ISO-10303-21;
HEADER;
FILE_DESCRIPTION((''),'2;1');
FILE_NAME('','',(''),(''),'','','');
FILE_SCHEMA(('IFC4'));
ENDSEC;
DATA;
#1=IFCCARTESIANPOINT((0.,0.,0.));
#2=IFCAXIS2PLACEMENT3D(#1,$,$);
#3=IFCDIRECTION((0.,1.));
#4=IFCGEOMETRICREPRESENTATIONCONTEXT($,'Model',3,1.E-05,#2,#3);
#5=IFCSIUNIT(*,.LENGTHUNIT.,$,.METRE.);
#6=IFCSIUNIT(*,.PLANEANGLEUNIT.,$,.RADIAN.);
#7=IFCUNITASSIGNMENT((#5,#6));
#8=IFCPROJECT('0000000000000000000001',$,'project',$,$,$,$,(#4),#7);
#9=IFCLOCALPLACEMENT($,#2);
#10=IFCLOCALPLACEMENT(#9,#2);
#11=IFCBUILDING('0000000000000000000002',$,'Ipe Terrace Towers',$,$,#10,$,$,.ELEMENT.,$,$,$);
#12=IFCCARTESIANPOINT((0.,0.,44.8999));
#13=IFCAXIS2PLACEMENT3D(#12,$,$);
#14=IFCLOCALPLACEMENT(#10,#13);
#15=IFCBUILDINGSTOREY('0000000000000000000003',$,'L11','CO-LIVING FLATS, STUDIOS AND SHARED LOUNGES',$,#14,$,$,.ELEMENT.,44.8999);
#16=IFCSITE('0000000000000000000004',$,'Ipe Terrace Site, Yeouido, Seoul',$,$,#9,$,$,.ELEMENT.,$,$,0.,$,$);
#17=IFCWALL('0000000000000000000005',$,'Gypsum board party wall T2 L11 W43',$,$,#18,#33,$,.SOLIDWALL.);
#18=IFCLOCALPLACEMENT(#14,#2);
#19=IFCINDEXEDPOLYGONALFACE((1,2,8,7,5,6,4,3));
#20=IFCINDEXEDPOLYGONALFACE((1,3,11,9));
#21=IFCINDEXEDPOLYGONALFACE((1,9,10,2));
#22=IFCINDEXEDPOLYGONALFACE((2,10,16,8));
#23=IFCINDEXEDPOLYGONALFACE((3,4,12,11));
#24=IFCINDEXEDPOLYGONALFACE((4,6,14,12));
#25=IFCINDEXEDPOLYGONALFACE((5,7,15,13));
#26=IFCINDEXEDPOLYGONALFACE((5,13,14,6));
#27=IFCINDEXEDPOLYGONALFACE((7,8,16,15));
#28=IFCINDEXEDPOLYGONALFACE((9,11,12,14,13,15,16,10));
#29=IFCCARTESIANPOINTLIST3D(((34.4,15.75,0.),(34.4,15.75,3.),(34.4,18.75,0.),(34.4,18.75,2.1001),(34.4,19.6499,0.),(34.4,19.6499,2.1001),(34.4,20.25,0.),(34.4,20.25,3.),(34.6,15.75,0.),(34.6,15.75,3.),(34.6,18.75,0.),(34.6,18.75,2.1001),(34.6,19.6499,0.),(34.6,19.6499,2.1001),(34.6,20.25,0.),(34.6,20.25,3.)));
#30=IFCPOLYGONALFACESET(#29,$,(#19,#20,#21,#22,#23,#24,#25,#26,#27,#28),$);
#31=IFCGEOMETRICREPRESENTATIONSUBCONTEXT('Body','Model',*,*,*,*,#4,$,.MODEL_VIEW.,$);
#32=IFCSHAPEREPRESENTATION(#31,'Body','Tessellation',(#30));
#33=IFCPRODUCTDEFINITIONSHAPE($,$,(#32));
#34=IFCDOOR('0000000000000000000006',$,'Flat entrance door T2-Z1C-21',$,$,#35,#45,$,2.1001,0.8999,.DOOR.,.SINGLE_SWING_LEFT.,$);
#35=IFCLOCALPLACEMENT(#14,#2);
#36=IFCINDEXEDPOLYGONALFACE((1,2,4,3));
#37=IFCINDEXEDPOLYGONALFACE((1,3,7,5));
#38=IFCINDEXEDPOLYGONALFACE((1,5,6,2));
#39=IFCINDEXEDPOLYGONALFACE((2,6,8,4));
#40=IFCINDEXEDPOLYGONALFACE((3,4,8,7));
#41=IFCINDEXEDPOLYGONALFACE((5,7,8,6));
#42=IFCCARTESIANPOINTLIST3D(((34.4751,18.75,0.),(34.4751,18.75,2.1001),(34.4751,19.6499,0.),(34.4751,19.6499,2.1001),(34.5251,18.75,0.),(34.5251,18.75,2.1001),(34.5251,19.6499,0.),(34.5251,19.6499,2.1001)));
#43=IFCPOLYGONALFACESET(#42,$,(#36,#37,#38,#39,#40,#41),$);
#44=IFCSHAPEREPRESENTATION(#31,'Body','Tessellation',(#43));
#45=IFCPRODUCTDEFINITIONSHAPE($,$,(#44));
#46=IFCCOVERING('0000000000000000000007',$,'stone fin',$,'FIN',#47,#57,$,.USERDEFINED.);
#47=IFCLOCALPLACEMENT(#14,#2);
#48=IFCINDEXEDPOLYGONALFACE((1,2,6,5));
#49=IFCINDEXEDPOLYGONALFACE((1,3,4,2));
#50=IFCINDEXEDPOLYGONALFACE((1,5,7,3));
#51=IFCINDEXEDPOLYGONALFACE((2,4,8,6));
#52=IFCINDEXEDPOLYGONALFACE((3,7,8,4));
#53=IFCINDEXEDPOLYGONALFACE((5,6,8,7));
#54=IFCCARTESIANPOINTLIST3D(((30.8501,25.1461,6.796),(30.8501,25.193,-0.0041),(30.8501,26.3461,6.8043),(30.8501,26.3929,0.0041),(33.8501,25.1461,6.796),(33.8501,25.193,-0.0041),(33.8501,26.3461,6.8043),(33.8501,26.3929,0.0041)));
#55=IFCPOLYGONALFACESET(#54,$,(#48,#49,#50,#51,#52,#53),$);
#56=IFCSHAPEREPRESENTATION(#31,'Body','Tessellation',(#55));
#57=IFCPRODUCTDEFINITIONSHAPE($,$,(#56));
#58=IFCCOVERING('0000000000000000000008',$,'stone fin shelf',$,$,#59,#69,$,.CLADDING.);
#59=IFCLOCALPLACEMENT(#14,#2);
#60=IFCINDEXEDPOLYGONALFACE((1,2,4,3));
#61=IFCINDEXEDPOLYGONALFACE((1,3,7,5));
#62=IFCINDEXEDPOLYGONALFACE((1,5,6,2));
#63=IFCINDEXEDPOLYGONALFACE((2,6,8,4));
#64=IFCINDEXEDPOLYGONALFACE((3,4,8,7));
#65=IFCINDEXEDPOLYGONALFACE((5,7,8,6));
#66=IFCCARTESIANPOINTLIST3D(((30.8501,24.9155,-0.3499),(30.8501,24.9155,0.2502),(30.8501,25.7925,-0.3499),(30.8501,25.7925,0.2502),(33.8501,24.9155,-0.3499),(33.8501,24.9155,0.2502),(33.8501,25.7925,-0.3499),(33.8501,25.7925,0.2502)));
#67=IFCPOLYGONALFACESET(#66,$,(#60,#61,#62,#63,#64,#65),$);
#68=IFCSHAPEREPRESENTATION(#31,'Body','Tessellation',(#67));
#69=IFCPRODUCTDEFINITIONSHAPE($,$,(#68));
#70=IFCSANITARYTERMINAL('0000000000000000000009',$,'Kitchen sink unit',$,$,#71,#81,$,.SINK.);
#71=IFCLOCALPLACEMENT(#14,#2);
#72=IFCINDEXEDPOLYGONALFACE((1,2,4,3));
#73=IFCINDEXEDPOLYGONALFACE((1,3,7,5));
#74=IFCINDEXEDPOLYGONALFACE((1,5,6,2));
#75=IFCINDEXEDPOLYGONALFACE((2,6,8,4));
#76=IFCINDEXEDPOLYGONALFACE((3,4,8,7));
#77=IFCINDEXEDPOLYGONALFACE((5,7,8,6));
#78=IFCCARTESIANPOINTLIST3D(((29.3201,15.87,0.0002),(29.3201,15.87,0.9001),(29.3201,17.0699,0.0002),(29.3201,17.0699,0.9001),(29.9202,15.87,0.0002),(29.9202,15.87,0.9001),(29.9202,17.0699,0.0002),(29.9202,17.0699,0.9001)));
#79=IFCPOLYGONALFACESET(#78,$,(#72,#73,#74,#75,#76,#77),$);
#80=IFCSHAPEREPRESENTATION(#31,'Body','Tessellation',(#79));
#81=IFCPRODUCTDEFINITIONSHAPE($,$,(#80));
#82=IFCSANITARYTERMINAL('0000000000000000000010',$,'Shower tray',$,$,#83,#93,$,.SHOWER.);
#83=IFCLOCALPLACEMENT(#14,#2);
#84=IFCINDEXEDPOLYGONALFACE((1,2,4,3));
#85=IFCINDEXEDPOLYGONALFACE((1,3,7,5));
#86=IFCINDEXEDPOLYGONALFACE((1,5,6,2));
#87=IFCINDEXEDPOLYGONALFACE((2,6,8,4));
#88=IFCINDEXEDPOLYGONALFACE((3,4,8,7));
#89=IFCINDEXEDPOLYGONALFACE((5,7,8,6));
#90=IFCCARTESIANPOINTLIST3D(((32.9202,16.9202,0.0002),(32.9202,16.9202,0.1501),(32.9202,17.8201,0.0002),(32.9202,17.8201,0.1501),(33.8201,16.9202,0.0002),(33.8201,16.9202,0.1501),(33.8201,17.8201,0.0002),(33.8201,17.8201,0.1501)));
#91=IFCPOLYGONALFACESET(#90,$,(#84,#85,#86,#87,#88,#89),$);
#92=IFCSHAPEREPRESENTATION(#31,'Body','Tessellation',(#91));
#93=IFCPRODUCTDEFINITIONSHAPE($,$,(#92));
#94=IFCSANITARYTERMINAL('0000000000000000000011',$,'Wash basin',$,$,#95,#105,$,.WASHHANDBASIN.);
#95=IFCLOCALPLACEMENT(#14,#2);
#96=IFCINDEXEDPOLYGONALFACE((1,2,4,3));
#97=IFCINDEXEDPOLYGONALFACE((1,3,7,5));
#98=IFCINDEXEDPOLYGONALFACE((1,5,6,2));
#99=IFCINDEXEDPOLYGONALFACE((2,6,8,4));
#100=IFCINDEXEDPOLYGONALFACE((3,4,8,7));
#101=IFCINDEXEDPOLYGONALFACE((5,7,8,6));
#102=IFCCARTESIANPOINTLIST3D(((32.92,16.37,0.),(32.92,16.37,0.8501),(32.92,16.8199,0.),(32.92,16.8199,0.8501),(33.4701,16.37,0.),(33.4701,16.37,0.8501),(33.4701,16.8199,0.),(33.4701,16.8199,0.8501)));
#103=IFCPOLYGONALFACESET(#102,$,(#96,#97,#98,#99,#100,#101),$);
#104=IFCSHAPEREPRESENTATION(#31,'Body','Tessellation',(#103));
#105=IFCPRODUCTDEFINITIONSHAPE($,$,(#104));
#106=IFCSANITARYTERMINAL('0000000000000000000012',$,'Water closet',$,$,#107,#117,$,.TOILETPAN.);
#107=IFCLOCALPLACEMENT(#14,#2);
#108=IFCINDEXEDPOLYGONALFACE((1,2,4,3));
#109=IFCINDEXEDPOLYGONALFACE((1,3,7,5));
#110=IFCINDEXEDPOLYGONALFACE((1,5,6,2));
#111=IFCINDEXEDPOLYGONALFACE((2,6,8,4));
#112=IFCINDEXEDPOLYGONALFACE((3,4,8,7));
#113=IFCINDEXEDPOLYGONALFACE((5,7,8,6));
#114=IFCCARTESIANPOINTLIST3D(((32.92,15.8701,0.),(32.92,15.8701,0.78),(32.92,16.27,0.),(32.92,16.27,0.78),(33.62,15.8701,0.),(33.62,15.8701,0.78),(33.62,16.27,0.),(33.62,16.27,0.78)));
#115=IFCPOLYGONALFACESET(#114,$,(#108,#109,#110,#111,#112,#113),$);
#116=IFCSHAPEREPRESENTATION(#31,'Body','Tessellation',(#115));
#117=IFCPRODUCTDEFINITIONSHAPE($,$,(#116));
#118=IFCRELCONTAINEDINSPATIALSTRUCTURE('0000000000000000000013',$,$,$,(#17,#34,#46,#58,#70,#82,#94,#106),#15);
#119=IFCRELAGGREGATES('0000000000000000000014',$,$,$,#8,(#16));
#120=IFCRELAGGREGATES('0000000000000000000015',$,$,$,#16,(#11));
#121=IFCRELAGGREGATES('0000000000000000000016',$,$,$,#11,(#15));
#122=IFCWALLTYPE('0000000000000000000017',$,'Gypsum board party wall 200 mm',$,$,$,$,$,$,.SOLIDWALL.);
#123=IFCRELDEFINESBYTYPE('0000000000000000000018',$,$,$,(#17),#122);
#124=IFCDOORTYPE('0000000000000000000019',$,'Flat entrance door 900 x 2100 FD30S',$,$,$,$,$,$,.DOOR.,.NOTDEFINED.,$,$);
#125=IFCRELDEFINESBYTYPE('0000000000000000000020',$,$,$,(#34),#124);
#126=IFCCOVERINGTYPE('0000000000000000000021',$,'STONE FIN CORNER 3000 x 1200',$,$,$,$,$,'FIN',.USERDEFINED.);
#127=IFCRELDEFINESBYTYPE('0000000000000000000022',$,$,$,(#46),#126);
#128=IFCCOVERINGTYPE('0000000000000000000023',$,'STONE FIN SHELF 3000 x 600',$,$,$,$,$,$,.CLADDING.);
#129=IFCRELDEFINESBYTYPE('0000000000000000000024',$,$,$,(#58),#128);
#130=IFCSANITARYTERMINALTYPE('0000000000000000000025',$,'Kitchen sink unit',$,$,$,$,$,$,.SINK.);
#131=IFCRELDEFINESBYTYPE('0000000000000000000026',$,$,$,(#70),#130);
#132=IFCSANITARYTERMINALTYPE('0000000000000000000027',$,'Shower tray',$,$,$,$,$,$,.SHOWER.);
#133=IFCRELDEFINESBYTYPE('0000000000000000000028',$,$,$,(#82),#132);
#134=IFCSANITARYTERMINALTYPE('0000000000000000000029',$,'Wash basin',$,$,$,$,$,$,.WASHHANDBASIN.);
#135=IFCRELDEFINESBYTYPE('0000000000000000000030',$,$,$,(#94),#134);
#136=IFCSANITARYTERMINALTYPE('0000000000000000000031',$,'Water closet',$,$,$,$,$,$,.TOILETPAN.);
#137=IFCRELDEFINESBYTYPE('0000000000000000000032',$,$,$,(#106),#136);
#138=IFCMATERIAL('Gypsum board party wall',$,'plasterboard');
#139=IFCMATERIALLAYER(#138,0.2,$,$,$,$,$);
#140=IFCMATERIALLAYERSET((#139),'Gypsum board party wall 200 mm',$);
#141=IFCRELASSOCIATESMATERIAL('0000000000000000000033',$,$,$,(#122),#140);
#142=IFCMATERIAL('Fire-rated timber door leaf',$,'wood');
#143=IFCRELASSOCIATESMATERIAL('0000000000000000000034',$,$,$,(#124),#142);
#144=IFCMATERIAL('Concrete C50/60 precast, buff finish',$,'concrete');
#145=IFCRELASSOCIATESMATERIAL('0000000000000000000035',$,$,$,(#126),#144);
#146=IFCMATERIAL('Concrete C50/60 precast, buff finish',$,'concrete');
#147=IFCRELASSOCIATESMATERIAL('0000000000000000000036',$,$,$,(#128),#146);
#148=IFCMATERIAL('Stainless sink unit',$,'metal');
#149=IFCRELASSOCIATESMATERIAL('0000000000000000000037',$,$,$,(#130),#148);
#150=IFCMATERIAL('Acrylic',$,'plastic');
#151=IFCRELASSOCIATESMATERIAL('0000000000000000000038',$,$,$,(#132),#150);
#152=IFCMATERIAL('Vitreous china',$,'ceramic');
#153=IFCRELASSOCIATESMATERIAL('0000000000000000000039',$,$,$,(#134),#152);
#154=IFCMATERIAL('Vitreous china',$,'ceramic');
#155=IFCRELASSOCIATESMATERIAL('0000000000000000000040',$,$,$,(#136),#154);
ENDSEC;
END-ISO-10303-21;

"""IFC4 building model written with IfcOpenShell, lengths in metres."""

from ifc_helpers import new_model, si_unit, direction, frame, frame_2d, origin, origin_2d, place, context, subcontext, project, spatial, rectangle, extrude, material, layer, layer_set, material_profile, profile_set, type_object, element, fill, save


model = new_model("IFC4")

# Units and contexts
model_context = context("Model", 3, precision=1e-05, world=origin(), true_north=direction((0.0, 1.0)))
body_context = subcontext(model_context, "Body", "Model", "MODEL_VIEW")
ifc_project = project(units=[si_unit("LENGTHUNIT", "METRE"), si_unit("PLANEANGLEUNIT", "RADIAN")], contexts=[model_context])

# Site, building, storey
site_placement = place(None, origin())
site = spatial("IfcSite", under=ifc_project, at=site_placement, Name="Ipe Terrace Site, Yeouido, Seoul", CompositionType="ELEMENT", RefElevation=0.0)
building_placement = place(site_placement, origin())
building = spatial("IfcBuilding", under=site, at=building_placement, Name="Ipe Terrace Towers", CompositionType="ELEMENT")
storey_placement = place(building_placement, frame((0.0, 0.0, 44.8999)))
storey = spatial("IfcBuildingStorey", under=building, at=storey_placement, Name="L11", Description="CO-LIVING FLATS, STUDIOS AND SHARED LOUNGES", CompositionType="ELEMENT", Elevation=44.8999)

# Shared definitions
ifc_material_1 = material(Name="Gypsum board party wall", Category="plasterboard")
ifc_layer_1 = layer(ifc_material_1, 0.2)
ifc_layer_set_1 = layer_set([ifc_layer_1], Name="Gypsum board party wall 200 mm")
wall_type_1 = type_object("IfcWallType", Name="Gypsum board party wall 200 mm", PredefinedType="SOLIDWALL", material=ifc_layer_set_1)

# Wall, opening, door
wall_1_placement = place(storey_placement, frame((34.5, 15.75, 0.0), z_axis=(0.0, 0.0, 1.0), x_axis=(0.0, 1.0, 0.0)))
wall_1 = element("IfcWall", 1, at=wall_1_placement, inside=storey, type_object=wall_type_1, Name="Gypsum board party wall T2 L11 W43", PredefinedType="SOLIDWALL", context=body_context, shape_type="SweptSolid", body=[
    extrude(rectangle(XDim=4.5, YDim=0.2, at=frame_2d((2.25, 0.0))), origin(), (0.0, 0.0, 1.0), 3.0),
])
opening_1_placement = place(wall_1_placement, frame((3.0, 0.0, 0.0)))
opening_1 = element("IfcOpeningElement", 2, at=opening_1_placement, cuts=wall_1, PredefinedType="OPENING", context=body_context, shape_type="SweptSolid", body=[
    extrude(rectangle(XDim=0.8999, YDim=2.1001, at=frame_2d((0.45, 1.05))), frame((0.0, 0.1099, 0.0), z_axis=(0.0, -1.0, 0.0), x_axis=(1.0, 0.0, 0.0)), (0.0, 0.0, 1.0), 0.22),
])
ifc_material_2 = material(Name="Fire-rated timber door leaf", Category="wood")
door_type_1 = type_object("IfcDoorType", Name="Flat entrance door 900 x 2100 FD30S", OperationType="NOTDEFINED", PredefinedType="DOOR", material=ifc_material_2)
door_1_placement = place(opening_1_placement, origin())
door_1 = element("IfcDoor", 3, at=door_1_placement, inside=storey, type_object=door_type_1, Name="Flat entrance door T2-Z1C-21", OperationType="SINGLE_SWING_LEFT", OverallHeight=2.1001, OverallWidth=0.8999, PredefinedType="DOOR", context=body_context, shape_type="SweptSolid", body=[
    extrude(rectangle(XDim=0.8999, YDim=2.1001, at=frame_2d((0.45, 1.05))), frame((0.0, 0.0249, 0.0), z_axis=(0.0, -1.0, 0.0), x_axis=(1.0, 0.0, 0.0)), (0.0, 0.0, 1.0), 0.05),
])
fill(opening_1, door_1)

# Coverings
ifc_material_3 = material(Name="Concrete C50/60 precast, buff finish", Category="concrete")
ifc_material_profile_1 = material_profile(ifc_material_3, rectangle(XDim=3.0, YDim=1.2, at=origin_2d()), Name="STONE FIN CORNER 3000 x 1200")
ifc_profile_set_1 = profile_set([ifc_material_profile_1], Name="Concrete C50/60 precast, buff finish")
covering_type_1 = type_object("IfcCoveringType", Name="STONE FIN CORNER 3000 x 1200", ElementType="FIN", PredefinedType="USERDEFINED", material=ifc_profile_set_1)
covering_1_placement = place(storey_placement, frame((32.3501, 25.793, 0.0), z_axis=(0.0, -0.006893, 0.999976), x_axis=(-1.0, 0.0, 0.0)))
element("IfcCovering", 4, at=covering_1_placement, inside=storey, type_object=covering_type_1, Name="stone fin", ObjectType="FIN", PredefinedType="USERDEFINED", context=body_context, shape_type="SweptSolid", body=[
    extrude(rectangle(XDim=3.0, YDim=1.2, at=origin_2d()), origin(), (0.0, 0.0, 1.0), 6.8003),
])
ifc_material_4 = material(Name="Concrete C50/60 precast, buff finish", Category="concrete")
covering_type_2 = type_object("IfcCoveringType", Name="STONE FIN SHELF 3000 x 600", PredefinedType="CLADDING", material=ifc_material_4)
covering_2_placement = place(storey_placement, frame((32.3501, 25.354, -0.3499), z_axis=(0.0, 0.0, 1.0), x_axis=(-1.0, 0.0, 0.0)))
element("IfcCovering", 5, at=covering_2_placement, inside=storey, type_object=covering_type_2, Name="stone fin shelf", PredefinedType="CLADDING", context=body_context, shape_type="SweptSolid", body=[
    extrude(rectangle(XDim=3.0, YDim=0.877, at=origin_2d()), origin(), (0.0, 0.0, 1.0), 0.6001),
])

# Sanitary terminals
ifc_material_5 = material(Name="Stainless sink unit", Category="metal")
sanitary_terminal_type_1 = type_object("IfcSanitaryTerminalType", Name="Kitchen sink unit", PredefinedType="SINK", material=ifc_material_5)
sanitary_terminal_1_placement = place(storey_placement, frame((29.6201, 16.47, 0.0002), z_axis=(0.0, 0.0, 1.0), x_axis=(0.0, 1.0, 0.0)))
element("IfcSanitaryTerminal", 6, at=sanitary_terminal_1_placement, inside=storey, type_object=sanitary_terminal_type_1, Name="Kitchen sink unit", PredefinedType="SINK", context=body_context, shape_type="SweptSolid", body=[
    extrude(rectangle(XDim=1.2, YDim=0.6001, at=origin_2d()), origin(), (0.0, 0.0, 1.0), 0.8999),
])
ifc_material_6 = material(Name="Acrylic", Category="plastic")
sanitary_terminal_type_2 = type_object("IfcSanitaryTerminalType", Name="Shower tray", PredefinedType="SHOWER", material=ifc_material_6)
sanitary_terminal_2_placement = place(storey_placement, frame((33.3701, 17.3701, 0.0002), z_axis=(0.0, 0.0, 1.0), x_axis=(1.0, 0.0, 0.0)))
element("IfcSanitaryTerminal", 7, at=sanitary_terminal_2_placement, inside=storey, type_object=sanitary_terminal_type_2, Name="Shower tray", PredefinedType="SHOWER", context=body_context, shape_type="SweptSolid", body=[
    extrude(rectangle(XDim=0.8999, YDim=0.8999, at=origin_2d()), origin(), (0.0, 0.0, 1.0), 0.1499),
])
ifc_material_7 = material(Name="Vitreous china", Category="ceramic")
sanitary_terminal_type_3 = type_object("IfcSanitaryTerminalType", Name="Wash basin", PredefinedType="WASHHANDBASIN", material=ifc_material_7)
sanitary_terminal_3_placement = place(storey_placement, frame((33.1951, 16.595, 0.0), z_axis=(0.0, 0.0, 1.0), x_axis=(1.0, 0.0, 0.0)))
element("IfcSanitaryTerminal", 8, at=sanitary_terminal_3_placement, inside=storey, type_object=sanitary_terminal_type_3, Name="Wash basin", PredefinedType="WASHHANDBASIN", context=body_context, shape_type="SweptSolid", body=[
    extrude(rectangle(XDim=0.55, YDim=0.45, at=origin_2d()), origin(), (0.0, 0.0, 1.0), 0.8501),
])
ifc_material_8 = material(Name="Vitreous china", Category="ceramic")
sanitary_terminal_type_4 = type_object("IfcSanitaryTerminalType", Name="Water closet", PredefinedType="TOILETPAN", material=ifc_material_8)
sanitary_terminal_4_placement = place(storey_placement, frame((33.27, 16.0701, 0.0), z_axis=(0.0, 0.0, 1.0), x_axis=(1.0, 0.0, 0.0)))
element("IfcSanitaryTerminal", 9, at=sanitary_terminal_4_placement, inside=storey, type_object=sanitary_terminal_type_4, Name="Water closet", PredefinedType="TOILETPAN", context=body_context, shape_type="SweptSolid", body=[
    extrude(rectangle(XDim=0.7, YDim=0.3999, at=origin_2d()), origin(), (0.0, 0.0, 1.0), 0.78),
])

save(model, "model.ifc")
